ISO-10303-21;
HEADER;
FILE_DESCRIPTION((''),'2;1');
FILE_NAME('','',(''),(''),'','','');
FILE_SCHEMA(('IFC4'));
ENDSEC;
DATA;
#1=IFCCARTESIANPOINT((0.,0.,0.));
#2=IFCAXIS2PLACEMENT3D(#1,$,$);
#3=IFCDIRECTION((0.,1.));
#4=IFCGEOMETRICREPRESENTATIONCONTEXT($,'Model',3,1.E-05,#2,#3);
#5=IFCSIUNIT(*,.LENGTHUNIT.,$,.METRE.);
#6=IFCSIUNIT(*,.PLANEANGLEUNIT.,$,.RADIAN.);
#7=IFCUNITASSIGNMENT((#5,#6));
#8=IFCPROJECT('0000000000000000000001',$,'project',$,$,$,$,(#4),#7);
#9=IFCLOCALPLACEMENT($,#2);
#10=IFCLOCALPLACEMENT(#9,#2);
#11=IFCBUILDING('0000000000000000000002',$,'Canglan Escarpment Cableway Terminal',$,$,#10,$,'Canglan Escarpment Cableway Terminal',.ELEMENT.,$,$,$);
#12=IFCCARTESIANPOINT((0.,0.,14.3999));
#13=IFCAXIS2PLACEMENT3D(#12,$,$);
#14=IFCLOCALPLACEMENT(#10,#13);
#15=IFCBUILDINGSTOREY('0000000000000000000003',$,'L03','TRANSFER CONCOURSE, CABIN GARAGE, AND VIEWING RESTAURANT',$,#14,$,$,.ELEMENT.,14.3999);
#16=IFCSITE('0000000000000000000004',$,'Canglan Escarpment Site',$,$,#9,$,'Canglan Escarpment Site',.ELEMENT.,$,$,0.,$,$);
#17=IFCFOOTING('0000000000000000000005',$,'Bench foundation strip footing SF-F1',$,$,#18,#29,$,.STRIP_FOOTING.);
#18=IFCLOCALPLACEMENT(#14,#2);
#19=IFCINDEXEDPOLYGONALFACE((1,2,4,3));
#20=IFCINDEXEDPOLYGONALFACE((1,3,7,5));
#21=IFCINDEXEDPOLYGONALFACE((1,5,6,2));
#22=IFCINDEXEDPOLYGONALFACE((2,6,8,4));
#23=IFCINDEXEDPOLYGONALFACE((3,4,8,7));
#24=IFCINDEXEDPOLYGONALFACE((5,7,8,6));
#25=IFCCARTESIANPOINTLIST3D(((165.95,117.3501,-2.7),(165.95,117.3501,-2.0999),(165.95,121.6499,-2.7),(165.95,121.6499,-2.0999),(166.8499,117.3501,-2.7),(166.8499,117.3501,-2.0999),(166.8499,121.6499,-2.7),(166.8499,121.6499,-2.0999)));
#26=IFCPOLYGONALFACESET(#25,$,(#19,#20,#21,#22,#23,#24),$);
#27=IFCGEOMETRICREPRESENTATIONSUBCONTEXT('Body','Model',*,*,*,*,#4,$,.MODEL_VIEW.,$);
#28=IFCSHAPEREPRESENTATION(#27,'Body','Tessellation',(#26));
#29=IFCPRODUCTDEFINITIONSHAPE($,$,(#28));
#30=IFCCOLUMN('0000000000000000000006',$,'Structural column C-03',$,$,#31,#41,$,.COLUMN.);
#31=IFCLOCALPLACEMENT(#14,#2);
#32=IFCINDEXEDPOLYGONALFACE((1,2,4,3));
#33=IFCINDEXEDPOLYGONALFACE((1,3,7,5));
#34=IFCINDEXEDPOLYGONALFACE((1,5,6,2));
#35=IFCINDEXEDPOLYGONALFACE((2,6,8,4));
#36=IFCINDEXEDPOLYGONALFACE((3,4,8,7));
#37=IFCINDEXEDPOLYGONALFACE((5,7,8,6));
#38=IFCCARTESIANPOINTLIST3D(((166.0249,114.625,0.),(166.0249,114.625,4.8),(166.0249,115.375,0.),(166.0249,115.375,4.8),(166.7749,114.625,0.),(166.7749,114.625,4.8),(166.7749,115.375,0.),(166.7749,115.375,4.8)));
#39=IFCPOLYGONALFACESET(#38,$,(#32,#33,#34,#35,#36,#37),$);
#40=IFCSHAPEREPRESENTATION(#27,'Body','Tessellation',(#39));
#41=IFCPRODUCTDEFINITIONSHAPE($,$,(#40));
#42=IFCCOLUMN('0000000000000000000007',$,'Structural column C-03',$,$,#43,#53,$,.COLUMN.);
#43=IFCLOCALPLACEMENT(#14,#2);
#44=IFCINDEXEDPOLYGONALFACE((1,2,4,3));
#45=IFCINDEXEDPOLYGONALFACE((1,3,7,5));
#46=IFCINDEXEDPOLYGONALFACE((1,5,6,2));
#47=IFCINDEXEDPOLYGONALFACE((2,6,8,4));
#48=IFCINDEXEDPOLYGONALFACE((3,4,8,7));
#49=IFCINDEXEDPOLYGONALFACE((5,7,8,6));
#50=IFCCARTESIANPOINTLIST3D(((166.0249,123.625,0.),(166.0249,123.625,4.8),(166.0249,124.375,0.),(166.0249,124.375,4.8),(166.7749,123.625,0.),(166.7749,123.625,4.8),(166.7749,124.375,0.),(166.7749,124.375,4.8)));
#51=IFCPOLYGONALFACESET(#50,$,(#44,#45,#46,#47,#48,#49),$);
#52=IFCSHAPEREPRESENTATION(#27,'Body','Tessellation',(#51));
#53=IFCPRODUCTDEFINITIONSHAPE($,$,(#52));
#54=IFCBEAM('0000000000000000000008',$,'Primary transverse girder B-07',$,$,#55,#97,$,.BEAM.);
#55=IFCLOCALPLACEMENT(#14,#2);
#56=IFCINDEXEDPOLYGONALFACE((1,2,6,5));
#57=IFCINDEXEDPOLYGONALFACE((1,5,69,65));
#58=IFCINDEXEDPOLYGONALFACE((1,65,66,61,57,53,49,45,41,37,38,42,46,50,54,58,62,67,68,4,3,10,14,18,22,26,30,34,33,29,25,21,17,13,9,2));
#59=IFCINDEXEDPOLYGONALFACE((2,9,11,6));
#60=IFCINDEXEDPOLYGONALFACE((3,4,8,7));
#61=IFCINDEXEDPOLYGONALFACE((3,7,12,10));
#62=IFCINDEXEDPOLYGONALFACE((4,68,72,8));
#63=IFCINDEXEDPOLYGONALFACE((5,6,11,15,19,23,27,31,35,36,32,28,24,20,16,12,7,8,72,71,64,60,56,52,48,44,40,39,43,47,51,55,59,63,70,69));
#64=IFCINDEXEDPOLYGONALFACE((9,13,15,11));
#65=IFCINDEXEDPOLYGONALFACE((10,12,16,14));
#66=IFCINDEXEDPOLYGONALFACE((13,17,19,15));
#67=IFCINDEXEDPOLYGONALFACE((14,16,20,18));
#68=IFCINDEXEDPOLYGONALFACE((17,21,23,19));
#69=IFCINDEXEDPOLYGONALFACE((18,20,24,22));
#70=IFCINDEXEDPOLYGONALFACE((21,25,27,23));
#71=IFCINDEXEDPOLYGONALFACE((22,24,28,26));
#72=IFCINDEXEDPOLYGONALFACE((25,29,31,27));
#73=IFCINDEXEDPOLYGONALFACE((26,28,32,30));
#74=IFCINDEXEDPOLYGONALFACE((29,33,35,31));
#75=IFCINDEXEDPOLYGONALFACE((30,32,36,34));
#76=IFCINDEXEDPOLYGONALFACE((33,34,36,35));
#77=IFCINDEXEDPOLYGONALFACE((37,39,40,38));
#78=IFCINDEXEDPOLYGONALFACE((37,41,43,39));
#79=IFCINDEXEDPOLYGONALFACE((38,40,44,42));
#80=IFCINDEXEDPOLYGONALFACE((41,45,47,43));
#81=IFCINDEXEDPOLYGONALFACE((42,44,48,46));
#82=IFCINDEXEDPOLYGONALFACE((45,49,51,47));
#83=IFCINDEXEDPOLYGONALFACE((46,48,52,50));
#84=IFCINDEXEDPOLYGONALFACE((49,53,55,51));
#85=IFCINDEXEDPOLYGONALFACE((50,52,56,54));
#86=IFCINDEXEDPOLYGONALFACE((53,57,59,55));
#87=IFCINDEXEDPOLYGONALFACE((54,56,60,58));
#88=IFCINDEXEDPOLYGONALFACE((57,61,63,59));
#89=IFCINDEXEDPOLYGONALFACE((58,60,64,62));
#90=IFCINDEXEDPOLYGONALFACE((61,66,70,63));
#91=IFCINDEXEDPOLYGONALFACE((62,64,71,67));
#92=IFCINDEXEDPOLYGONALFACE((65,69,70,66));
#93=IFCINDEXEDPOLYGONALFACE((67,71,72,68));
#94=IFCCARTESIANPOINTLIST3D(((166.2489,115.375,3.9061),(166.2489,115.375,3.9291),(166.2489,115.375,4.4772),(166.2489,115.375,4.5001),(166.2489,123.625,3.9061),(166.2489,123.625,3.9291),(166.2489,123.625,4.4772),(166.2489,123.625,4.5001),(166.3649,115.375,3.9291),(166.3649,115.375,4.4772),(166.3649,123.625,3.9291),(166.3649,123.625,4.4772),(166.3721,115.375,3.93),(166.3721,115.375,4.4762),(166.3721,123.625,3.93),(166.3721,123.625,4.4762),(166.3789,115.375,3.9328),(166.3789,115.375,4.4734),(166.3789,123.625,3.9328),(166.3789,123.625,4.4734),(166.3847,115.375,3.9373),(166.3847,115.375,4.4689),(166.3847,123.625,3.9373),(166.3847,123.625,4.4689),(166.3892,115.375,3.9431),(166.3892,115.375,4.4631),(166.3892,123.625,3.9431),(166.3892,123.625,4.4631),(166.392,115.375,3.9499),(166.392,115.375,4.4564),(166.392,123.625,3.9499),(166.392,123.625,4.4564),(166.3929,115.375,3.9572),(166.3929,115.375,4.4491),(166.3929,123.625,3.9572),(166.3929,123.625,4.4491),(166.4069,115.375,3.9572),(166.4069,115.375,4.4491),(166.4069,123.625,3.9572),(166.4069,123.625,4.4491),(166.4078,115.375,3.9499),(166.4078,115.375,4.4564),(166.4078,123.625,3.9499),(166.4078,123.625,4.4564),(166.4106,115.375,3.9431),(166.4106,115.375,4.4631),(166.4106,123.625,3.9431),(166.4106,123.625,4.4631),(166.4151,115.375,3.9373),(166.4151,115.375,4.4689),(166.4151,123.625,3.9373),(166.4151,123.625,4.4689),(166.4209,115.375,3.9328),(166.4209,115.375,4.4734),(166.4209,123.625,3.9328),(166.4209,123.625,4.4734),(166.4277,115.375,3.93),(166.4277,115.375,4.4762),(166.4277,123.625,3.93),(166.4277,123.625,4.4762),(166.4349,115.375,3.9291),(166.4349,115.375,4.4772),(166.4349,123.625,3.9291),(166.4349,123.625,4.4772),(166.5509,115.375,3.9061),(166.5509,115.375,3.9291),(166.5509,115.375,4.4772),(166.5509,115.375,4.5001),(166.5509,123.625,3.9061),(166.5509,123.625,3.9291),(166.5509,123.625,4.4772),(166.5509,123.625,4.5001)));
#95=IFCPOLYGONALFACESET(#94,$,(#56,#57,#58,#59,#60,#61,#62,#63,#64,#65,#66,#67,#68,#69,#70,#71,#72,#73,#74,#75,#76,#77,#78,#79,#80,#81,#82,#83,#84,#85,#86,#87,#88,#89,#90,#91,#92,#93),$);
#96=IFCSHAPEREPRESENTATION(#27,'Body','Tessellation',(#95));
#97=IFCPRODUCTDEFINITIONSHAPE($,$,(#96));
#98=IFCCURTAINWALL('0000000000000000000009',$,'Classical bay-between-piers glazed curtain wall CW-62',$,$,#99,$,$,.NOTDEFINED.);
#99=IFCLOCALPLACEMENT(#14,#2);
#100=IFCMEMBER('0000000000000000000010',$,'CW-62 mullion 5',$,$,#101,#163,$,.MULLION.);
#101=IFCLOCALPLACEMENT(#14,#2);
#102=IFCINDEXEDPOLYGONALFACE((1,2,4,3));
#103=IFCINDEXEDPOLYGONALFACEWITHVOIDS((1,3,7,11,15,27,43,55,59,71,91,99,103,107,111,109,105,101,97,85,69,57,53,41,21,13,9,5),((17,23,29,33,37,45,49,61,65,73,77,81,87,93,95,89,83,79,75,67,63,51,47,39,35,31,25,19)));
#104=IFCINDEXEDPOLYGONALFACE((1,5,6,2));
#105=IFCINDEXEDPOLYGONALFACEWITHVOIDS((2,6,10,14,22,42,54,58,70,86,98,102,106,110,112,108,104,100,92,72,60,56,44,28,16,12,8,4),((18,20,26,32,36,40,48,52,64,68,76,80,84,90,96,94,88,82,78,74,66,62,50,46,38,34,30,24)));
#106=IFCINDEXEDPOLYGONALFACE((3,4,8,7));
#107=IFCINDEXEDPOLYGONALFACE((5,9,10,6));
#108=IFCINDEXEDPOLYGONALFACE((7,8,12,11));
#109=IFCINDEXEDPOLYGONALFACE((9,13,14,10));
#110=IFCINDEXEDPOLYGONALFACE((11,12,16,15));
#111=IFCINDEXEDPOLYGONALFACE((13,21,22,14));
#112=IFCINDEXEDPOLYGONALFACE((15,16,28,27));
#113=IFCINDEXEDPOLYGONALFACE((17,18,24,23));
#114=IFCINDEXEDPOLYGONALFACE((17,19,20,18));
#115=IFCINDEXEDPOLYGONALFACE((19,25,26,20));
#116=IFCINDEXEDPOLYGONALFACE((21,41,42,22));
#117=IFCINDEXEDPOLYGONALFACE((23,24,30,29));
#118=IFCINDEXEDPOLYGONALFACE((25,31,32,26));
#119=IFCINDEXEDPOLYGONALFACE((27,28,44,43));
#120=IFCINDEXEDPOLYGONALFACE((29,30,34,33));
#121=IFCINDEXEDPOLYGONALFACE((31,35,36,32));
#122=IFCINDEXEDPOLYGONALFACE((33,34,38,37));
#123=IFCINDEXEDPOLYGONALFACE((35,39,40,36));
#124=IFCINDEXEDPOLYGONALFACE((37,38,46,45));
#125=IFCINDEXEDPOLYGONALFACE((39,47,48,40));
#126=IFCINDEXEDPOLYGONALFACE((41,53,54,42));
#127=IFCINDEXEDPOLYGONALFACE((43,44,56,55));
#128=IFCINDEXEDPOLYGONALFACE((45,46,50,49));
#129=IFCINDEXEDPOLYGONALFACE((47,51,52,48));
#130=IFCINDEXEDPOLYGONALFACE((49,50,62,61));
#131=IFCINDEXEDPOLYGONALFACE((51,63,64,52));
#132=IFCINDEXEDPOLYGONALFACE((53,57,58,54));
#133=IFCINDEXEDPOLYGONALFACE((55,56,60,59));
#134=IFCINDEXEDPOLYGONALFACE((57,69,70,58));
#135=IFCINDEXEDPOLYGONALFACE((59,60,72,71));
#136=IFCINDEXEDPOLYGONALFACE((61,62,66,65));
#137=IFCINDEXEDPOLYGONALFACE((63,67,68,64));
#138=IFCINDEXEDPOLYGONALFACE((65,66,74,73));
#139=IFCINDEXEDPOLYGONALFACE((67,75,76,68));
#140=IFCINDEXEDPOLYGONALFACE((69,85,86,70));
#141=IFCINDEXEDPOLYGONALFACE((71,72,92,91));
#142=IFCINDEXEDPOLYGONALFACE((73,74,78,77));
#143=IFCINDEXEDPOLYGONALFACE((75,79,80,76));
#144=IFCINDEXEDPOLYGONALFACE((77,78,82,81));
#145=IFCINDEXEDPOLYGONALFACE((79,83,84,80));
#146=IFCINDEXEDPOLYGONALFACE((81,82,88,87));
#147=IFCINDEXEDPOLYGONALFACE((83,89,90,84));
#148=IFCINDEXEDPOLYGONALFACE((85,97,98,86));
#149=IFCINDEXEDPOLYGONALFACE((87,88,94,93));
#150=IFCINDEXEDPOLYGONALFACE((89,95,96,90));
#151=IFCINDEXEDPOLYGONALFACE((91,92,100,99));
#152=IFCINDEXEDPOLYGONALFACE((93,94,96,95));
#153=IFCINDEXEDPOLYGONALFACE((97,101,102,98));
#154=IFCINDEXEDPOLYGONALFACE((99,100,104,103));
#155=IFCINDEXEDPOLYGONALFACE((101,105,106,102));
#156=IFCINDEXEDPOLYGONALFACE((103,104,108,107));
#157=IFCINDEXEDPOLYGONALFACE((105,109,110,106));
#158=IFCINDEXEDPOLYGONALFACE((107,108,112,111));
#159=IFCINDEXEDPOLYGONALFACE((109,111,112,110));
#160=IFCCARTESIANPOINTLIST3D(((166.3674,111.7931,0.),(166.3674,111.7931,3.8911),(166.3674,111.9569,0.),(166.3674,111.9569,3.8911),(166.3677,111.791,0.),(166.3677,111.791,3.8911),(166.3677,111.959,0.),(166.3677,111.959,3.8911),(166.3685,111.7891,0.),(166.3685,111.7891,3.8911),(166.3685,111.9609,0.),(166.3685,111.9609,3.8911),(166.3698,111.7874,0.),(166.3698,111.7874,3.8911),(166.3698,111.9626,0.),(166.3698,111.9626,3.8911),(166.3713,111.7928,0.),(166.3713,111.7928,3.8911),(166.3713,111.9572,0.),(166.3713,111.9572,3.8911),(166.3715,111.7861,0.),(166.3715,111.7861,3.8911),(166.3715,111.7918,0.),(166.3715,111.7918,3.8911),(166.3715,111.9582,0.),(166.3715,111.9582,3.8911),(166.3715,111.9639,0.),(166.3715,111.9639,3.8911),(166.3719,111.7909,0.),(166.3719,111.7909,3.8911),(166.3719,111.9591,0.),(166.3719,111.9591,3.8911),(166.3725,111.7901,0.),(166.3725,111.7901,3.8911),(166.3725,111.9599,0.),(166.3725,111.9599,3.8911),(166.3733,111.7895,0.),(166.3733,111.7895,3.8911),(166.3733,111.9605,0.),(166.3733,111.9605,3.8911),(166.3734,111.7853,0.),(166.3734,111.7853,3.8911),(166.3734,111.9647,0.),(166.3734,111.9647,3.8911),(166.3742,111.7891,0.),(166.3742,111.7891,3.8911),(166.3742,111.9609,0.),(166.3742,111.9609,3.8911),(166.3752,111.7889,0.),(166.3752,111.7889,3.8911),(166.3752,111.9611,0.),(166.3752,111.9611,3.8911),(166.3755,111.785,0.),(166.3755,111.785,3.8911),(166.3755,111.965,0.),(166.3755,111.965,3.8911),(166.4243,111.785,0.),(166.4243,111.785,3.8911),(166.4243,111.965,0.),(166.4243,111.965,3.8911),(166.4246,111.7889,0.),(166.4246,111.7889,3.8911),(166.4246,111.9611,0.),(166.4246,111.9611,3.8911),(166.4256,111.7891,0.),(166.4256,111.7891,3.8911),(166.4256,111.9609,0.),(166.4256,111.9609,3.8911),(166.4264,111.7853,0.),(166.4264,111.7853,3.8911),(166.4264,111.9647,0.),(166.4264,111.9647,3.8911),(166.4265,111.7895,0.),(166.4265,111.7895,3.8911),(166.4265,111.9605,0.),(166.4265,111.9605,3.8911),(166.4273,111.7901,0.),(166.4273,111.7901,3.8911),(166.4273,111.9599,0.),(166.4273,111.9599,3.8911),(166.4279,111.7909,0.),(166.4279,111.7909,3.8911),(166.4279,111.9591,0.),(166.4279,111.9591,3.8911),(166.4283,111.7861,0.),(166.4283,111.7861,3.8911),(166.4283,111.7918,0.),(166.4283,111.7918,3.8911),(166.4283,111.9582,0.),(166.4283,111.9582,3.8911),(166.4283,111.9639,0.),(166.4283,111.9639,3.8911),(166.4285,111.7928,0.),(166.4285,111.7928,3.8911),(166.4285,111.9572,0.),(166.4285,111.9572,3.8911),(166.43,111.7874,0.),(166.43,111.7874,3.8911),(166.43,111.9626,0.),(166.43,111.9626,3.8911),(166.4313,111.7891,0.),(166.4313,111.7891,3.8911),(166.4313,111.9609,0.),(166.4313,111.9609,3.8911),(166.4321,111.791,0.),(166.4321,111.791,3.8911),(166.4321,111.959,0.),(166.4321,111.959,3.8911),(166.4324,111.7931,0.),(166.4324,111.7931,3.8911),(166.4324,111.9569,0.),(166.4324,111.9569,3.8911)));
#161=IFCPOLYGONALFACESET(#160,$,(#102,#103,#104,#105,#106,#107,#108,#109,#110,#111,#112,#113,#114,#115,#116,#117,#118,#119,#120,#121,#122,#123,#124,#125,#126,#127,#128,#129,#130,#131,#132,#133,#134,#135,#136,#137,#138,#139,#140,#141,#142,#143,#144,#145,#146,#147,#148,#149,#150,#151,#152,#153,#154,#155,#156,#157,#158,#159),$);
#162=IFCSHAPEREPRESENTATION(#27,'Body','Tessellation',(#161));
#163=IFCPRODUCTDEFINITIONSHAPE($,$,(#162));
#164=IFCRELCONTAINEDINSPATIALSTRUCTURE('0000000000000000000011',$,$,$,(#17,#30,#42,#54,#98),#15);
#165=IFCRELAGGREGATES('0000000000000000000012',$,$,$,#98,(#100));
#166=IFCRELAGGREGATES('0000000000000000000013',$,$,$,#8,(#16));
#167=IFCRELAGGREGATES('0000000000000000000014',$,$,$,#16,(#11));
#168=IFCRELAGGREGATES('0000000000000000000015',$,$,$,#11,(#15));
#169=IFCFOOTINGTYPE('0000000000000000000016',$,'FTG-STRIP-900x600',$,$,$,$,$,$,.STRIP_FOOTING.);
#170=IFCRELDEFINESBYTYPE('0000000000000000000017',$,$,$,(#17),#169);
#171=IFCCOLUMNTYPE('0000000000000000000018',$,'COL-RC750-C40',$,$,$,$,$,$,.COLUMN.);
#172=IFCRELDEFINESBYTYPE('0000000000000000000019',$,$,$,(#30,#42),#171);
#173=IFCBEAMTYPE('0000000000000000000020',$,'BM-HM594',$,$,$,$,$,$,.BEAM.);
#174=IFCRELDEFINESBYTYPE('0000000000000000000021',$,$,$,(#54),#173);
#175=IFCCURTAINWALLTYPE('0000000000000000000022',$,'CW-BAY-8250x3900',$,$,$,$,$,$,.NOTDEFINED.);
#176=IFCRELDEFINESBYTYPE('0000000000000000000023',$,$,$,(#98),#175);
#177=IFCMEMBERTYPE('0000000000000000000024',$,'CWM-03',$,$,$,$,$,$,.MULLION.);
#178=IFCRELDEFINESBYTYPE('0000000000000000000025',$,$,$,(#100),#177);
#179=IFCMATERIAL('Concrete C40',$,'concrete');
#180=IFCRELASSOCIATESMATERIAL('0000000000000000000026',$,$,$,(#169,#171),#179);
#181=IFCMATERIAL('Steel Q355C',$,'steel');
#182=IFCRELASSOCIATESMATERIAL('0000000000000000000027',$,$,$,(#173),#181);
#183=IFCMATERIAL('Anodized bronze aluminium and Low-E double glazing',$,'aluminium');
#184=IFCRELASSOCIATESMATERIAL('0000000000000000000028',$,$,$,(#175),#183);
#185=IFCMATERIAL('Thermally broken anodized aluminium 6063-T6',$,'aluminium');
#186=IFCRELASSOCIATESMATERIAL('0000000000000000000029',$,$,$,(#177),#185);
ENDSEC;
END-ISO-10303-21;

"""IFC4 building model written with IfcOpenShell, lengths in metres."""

from ifc_helpers import new_model, si_unit, direction, frame, origin, origin_2d, place, context, subcontext, project, spatial, rectangle, hollow_rectangle, i_section, extrude, material, material_profile, profile_set, type_object, element, aggregate, save


model = new_model("IFC4")

# Units and contexts
model_context = context("Model", 3, precision=1e-05, world=origin(), true_north=direction((0.0, 1.0)))
body_context = subcontext(model_context, "Body", "Model", "MODEL_VIEW")
ifc_project = project(units=[si_unit("LENGTHUNIT", "METRE"), si_unit("PLANEANGLEUNIT", "RADIAN")], contexts=[model_context])

# Site, building, storey
site_placement = place(None, origin())
site = spatial("IfcSite", under=ifc_project, at=site_placement, Name="Canglan Escarpment Site", LongName="Canglan Escarpment Site", CompositionType="ELEMENT", RefElevation=0.0)
building_placement = place(site_placement, origin())
building = spatial("IfcBuilding", under=site, at=building_placement, Name="Canglan Escarpment Cableway Terminal", LongName="Canglan Escarpment Cableway Terminal", CompositionType="ELEMENT")
storey_placement = place(building_placement, frame((0.0, 0.0, 14.3999)))
storey = spatial("IfcBuildingStorey", under=building, at=storey_placement, Name="L03", Description="TRANSFER CONCOURSE, CABIN GARAGE, AND VIEWING RESTAURANT", CompositionType="ELEMENT", Elevation=14.3999)

# Footing
ifc_material_1 = material(Name="Concrete C40", Category="concrete")
ifc_material_profile_1 = material_profile(ifc_material_1, rectangle(XDim=0.8999, YDim=0.6001, at=origin_2d()), Name="SF 900x600")
ifc_profile_set_1 = profile_set([ifc_material_profile_1], Name="Concrete C40")
footing_type = type_object("IfcFootingType", Name="FTG-STRIP-900x600", PredefinedType="STRIP_FOOTING", material=ifc_profile_set_1)
footing_placement = place(storey_placement, frame((166.3999, 117.3501, -2.3999), z_axis=(0.0, 1.0, 0.0), x_axis=(-1.0, 0.0, 0.0)))
element("IfcFooting", 1, at=footing_placement, inside=storey, type_object=footing_type, Name="Bench foundation strip footing SF-F1", PredefinedType="STRIP_FOOTING", context=body_context, shape_type="SweptSolid", body=[
    extrude(rectangle(XDim=0.8999, YDim=0.6001, at=origin_2d()), origin(), (0.0, 0.0, 1.0), 4.2998),
])

# Columns
ifc_material_profile_2 = material_profile(ifc_material_1, rectangle(XDim=0.75, YDim=0.75, at=origin_2d()), Name="RC 750x750")
ifc_profile_set_2 = profile_set([ifc_material_profile_2], Name="Concrete C40")
column_type = type_object("IfcColumnType", Name="COL-RC750-C40", PredefinedType="COLUMN", material=ifc_profile_set_2)
for number, where, z_axis, x_axis, name in (
    (2, (166.3999, 115.0, 0.0), (0.0, 0.0, 1.0), (1.0, 0.0, 0.0), "Structural column C-03"),
    (3, (166.3999, 124.0, 0.0), (0.0, 0.0, 1.0), (1.0, 0.0, 0.0), "Structural column C-03"),
):
    element("IfcColumn", number, at=place(storey_placement, frame(where, z_axis=z_axis, x_axis=x_axis)), inside=storey, type_object=column_type, Name=name, PredefinedType="COLUMN", context=body_context, shape_type="SweptSolid", body=[
        extrude(rectangle(XDim=0.75, YDim=0.75, at=origin_2d()), origin(), (0.0, 0.0, 1.0), 4.8),
    ])

# Beam
ifc_material_2 = material(Name="Steel Q355C", Category="steel")
ifc_material_profile_3 = material_profile(ifc_material_2, i_section(OverallWidth=0.302, OverallDepth=0.594, WebThickness=0.0139, FlangeThickness=0.0229, FilletRadius=0.0281, at=origin_2d()), Name="HM 594x302x14x23")
ifc_profile_set_3 = profile_set([ifc_material_profile_3], Name="Steel Q355C")
beam_type = type_object("IfcBeamType", Name="BM-HM594", PredefinedType="BEAM", material=ifc_profile_set_3)
beam_placement = place(storey_placement, frame((166.3999, 115.375, 4.2031), z_axis=(0.0, 1.0, 0.0), x_axis=(-1.0, 0.0, 0.0)))
element("IfcBeam", 4, at=beam_placement, inside=storey, type_object=beam_type, Name="Primary transverse girder B-07", PredefinedType="BEAM", context=body_context, shape_type="SweptSolid", body=[
    extrude(i_section(OverallWidth=0.302, OverallDepth=0.594, WebThickness=0.0139, FlangeThickness=0.0229, FilletRadius=0.0281, at=origin_2d()), origin(), (0.0, 0.0, 1.0), 8.25),
])

# Curtain wall, member
ifc_material_3 = material(Name="Anodized bronze aluminium and Low-E double glazing", Category="aluminium")
curtain_wall_type = type_object("IfcCurtainWallType", Name="CW-BAY-8250x3900", PredefinedType="NOTDEFINED", material=ifc_material_3)
curtain_wall_placement = place(storey_placement, origin())
curtain_wall = element("IfcCurtainWall", 5, at=curtain_wall_placement, inside=storey, type_object=curtain_wall_type, Name="Classical bay-between-piers glazed curtain wall CW-62", PredefinedType="NOTDEFINED")
ifc_material_4 = material(Name="Thermally broken anodized aluminium 6063-T6", Category="aluminium")
ifc_material_profile_4 = material_profile(ifc_material_4, hollow_rectangle(XDim=0.0649, YDim=0.1799, WallThickness=0.0039, InnerFilletRadius=0.0039, OuterFilletRadius=0.0081, at=origin_2d()), Name="ALU-MULL 65x180x4")
ifc_profile_set_4 = profile_set([ifc_material_profile_4], Name="Thermally broken anodized aluminium 6063-T6")
member_type_1 = type_object("IfcMemberType", Name="CWM-03", PredefinedType="MULLION", material=ifc_profile_set_4)
member_1_placement = place(storey_placement, frame((166.3999, 111.875, 0.0), z_axis=(0.0, 0.0, 1.0), x_axis=(-1.0, 0.0, 0.0)))
member_1 = element("IfcMember", 6, at=member_1_placement, type_object=member_type_1, Name="CW-62 mullion 5", PredefinedType="MULLION", context=body_context, shape_type="SweptSolid", body=[
    extrude(hollow_rectangle(XDim=0.0649, YDim=0.1799, WallThickness=0.0039, InnerFilletRadius=0.0039, OuterFilletRadius=0.0081, at=origin_2d()), origin(), (0.0, 0.0, 1.0), 3.8911),
])
aggregate(curtain_wall, [member_1])

save(model, "model.ifc")
